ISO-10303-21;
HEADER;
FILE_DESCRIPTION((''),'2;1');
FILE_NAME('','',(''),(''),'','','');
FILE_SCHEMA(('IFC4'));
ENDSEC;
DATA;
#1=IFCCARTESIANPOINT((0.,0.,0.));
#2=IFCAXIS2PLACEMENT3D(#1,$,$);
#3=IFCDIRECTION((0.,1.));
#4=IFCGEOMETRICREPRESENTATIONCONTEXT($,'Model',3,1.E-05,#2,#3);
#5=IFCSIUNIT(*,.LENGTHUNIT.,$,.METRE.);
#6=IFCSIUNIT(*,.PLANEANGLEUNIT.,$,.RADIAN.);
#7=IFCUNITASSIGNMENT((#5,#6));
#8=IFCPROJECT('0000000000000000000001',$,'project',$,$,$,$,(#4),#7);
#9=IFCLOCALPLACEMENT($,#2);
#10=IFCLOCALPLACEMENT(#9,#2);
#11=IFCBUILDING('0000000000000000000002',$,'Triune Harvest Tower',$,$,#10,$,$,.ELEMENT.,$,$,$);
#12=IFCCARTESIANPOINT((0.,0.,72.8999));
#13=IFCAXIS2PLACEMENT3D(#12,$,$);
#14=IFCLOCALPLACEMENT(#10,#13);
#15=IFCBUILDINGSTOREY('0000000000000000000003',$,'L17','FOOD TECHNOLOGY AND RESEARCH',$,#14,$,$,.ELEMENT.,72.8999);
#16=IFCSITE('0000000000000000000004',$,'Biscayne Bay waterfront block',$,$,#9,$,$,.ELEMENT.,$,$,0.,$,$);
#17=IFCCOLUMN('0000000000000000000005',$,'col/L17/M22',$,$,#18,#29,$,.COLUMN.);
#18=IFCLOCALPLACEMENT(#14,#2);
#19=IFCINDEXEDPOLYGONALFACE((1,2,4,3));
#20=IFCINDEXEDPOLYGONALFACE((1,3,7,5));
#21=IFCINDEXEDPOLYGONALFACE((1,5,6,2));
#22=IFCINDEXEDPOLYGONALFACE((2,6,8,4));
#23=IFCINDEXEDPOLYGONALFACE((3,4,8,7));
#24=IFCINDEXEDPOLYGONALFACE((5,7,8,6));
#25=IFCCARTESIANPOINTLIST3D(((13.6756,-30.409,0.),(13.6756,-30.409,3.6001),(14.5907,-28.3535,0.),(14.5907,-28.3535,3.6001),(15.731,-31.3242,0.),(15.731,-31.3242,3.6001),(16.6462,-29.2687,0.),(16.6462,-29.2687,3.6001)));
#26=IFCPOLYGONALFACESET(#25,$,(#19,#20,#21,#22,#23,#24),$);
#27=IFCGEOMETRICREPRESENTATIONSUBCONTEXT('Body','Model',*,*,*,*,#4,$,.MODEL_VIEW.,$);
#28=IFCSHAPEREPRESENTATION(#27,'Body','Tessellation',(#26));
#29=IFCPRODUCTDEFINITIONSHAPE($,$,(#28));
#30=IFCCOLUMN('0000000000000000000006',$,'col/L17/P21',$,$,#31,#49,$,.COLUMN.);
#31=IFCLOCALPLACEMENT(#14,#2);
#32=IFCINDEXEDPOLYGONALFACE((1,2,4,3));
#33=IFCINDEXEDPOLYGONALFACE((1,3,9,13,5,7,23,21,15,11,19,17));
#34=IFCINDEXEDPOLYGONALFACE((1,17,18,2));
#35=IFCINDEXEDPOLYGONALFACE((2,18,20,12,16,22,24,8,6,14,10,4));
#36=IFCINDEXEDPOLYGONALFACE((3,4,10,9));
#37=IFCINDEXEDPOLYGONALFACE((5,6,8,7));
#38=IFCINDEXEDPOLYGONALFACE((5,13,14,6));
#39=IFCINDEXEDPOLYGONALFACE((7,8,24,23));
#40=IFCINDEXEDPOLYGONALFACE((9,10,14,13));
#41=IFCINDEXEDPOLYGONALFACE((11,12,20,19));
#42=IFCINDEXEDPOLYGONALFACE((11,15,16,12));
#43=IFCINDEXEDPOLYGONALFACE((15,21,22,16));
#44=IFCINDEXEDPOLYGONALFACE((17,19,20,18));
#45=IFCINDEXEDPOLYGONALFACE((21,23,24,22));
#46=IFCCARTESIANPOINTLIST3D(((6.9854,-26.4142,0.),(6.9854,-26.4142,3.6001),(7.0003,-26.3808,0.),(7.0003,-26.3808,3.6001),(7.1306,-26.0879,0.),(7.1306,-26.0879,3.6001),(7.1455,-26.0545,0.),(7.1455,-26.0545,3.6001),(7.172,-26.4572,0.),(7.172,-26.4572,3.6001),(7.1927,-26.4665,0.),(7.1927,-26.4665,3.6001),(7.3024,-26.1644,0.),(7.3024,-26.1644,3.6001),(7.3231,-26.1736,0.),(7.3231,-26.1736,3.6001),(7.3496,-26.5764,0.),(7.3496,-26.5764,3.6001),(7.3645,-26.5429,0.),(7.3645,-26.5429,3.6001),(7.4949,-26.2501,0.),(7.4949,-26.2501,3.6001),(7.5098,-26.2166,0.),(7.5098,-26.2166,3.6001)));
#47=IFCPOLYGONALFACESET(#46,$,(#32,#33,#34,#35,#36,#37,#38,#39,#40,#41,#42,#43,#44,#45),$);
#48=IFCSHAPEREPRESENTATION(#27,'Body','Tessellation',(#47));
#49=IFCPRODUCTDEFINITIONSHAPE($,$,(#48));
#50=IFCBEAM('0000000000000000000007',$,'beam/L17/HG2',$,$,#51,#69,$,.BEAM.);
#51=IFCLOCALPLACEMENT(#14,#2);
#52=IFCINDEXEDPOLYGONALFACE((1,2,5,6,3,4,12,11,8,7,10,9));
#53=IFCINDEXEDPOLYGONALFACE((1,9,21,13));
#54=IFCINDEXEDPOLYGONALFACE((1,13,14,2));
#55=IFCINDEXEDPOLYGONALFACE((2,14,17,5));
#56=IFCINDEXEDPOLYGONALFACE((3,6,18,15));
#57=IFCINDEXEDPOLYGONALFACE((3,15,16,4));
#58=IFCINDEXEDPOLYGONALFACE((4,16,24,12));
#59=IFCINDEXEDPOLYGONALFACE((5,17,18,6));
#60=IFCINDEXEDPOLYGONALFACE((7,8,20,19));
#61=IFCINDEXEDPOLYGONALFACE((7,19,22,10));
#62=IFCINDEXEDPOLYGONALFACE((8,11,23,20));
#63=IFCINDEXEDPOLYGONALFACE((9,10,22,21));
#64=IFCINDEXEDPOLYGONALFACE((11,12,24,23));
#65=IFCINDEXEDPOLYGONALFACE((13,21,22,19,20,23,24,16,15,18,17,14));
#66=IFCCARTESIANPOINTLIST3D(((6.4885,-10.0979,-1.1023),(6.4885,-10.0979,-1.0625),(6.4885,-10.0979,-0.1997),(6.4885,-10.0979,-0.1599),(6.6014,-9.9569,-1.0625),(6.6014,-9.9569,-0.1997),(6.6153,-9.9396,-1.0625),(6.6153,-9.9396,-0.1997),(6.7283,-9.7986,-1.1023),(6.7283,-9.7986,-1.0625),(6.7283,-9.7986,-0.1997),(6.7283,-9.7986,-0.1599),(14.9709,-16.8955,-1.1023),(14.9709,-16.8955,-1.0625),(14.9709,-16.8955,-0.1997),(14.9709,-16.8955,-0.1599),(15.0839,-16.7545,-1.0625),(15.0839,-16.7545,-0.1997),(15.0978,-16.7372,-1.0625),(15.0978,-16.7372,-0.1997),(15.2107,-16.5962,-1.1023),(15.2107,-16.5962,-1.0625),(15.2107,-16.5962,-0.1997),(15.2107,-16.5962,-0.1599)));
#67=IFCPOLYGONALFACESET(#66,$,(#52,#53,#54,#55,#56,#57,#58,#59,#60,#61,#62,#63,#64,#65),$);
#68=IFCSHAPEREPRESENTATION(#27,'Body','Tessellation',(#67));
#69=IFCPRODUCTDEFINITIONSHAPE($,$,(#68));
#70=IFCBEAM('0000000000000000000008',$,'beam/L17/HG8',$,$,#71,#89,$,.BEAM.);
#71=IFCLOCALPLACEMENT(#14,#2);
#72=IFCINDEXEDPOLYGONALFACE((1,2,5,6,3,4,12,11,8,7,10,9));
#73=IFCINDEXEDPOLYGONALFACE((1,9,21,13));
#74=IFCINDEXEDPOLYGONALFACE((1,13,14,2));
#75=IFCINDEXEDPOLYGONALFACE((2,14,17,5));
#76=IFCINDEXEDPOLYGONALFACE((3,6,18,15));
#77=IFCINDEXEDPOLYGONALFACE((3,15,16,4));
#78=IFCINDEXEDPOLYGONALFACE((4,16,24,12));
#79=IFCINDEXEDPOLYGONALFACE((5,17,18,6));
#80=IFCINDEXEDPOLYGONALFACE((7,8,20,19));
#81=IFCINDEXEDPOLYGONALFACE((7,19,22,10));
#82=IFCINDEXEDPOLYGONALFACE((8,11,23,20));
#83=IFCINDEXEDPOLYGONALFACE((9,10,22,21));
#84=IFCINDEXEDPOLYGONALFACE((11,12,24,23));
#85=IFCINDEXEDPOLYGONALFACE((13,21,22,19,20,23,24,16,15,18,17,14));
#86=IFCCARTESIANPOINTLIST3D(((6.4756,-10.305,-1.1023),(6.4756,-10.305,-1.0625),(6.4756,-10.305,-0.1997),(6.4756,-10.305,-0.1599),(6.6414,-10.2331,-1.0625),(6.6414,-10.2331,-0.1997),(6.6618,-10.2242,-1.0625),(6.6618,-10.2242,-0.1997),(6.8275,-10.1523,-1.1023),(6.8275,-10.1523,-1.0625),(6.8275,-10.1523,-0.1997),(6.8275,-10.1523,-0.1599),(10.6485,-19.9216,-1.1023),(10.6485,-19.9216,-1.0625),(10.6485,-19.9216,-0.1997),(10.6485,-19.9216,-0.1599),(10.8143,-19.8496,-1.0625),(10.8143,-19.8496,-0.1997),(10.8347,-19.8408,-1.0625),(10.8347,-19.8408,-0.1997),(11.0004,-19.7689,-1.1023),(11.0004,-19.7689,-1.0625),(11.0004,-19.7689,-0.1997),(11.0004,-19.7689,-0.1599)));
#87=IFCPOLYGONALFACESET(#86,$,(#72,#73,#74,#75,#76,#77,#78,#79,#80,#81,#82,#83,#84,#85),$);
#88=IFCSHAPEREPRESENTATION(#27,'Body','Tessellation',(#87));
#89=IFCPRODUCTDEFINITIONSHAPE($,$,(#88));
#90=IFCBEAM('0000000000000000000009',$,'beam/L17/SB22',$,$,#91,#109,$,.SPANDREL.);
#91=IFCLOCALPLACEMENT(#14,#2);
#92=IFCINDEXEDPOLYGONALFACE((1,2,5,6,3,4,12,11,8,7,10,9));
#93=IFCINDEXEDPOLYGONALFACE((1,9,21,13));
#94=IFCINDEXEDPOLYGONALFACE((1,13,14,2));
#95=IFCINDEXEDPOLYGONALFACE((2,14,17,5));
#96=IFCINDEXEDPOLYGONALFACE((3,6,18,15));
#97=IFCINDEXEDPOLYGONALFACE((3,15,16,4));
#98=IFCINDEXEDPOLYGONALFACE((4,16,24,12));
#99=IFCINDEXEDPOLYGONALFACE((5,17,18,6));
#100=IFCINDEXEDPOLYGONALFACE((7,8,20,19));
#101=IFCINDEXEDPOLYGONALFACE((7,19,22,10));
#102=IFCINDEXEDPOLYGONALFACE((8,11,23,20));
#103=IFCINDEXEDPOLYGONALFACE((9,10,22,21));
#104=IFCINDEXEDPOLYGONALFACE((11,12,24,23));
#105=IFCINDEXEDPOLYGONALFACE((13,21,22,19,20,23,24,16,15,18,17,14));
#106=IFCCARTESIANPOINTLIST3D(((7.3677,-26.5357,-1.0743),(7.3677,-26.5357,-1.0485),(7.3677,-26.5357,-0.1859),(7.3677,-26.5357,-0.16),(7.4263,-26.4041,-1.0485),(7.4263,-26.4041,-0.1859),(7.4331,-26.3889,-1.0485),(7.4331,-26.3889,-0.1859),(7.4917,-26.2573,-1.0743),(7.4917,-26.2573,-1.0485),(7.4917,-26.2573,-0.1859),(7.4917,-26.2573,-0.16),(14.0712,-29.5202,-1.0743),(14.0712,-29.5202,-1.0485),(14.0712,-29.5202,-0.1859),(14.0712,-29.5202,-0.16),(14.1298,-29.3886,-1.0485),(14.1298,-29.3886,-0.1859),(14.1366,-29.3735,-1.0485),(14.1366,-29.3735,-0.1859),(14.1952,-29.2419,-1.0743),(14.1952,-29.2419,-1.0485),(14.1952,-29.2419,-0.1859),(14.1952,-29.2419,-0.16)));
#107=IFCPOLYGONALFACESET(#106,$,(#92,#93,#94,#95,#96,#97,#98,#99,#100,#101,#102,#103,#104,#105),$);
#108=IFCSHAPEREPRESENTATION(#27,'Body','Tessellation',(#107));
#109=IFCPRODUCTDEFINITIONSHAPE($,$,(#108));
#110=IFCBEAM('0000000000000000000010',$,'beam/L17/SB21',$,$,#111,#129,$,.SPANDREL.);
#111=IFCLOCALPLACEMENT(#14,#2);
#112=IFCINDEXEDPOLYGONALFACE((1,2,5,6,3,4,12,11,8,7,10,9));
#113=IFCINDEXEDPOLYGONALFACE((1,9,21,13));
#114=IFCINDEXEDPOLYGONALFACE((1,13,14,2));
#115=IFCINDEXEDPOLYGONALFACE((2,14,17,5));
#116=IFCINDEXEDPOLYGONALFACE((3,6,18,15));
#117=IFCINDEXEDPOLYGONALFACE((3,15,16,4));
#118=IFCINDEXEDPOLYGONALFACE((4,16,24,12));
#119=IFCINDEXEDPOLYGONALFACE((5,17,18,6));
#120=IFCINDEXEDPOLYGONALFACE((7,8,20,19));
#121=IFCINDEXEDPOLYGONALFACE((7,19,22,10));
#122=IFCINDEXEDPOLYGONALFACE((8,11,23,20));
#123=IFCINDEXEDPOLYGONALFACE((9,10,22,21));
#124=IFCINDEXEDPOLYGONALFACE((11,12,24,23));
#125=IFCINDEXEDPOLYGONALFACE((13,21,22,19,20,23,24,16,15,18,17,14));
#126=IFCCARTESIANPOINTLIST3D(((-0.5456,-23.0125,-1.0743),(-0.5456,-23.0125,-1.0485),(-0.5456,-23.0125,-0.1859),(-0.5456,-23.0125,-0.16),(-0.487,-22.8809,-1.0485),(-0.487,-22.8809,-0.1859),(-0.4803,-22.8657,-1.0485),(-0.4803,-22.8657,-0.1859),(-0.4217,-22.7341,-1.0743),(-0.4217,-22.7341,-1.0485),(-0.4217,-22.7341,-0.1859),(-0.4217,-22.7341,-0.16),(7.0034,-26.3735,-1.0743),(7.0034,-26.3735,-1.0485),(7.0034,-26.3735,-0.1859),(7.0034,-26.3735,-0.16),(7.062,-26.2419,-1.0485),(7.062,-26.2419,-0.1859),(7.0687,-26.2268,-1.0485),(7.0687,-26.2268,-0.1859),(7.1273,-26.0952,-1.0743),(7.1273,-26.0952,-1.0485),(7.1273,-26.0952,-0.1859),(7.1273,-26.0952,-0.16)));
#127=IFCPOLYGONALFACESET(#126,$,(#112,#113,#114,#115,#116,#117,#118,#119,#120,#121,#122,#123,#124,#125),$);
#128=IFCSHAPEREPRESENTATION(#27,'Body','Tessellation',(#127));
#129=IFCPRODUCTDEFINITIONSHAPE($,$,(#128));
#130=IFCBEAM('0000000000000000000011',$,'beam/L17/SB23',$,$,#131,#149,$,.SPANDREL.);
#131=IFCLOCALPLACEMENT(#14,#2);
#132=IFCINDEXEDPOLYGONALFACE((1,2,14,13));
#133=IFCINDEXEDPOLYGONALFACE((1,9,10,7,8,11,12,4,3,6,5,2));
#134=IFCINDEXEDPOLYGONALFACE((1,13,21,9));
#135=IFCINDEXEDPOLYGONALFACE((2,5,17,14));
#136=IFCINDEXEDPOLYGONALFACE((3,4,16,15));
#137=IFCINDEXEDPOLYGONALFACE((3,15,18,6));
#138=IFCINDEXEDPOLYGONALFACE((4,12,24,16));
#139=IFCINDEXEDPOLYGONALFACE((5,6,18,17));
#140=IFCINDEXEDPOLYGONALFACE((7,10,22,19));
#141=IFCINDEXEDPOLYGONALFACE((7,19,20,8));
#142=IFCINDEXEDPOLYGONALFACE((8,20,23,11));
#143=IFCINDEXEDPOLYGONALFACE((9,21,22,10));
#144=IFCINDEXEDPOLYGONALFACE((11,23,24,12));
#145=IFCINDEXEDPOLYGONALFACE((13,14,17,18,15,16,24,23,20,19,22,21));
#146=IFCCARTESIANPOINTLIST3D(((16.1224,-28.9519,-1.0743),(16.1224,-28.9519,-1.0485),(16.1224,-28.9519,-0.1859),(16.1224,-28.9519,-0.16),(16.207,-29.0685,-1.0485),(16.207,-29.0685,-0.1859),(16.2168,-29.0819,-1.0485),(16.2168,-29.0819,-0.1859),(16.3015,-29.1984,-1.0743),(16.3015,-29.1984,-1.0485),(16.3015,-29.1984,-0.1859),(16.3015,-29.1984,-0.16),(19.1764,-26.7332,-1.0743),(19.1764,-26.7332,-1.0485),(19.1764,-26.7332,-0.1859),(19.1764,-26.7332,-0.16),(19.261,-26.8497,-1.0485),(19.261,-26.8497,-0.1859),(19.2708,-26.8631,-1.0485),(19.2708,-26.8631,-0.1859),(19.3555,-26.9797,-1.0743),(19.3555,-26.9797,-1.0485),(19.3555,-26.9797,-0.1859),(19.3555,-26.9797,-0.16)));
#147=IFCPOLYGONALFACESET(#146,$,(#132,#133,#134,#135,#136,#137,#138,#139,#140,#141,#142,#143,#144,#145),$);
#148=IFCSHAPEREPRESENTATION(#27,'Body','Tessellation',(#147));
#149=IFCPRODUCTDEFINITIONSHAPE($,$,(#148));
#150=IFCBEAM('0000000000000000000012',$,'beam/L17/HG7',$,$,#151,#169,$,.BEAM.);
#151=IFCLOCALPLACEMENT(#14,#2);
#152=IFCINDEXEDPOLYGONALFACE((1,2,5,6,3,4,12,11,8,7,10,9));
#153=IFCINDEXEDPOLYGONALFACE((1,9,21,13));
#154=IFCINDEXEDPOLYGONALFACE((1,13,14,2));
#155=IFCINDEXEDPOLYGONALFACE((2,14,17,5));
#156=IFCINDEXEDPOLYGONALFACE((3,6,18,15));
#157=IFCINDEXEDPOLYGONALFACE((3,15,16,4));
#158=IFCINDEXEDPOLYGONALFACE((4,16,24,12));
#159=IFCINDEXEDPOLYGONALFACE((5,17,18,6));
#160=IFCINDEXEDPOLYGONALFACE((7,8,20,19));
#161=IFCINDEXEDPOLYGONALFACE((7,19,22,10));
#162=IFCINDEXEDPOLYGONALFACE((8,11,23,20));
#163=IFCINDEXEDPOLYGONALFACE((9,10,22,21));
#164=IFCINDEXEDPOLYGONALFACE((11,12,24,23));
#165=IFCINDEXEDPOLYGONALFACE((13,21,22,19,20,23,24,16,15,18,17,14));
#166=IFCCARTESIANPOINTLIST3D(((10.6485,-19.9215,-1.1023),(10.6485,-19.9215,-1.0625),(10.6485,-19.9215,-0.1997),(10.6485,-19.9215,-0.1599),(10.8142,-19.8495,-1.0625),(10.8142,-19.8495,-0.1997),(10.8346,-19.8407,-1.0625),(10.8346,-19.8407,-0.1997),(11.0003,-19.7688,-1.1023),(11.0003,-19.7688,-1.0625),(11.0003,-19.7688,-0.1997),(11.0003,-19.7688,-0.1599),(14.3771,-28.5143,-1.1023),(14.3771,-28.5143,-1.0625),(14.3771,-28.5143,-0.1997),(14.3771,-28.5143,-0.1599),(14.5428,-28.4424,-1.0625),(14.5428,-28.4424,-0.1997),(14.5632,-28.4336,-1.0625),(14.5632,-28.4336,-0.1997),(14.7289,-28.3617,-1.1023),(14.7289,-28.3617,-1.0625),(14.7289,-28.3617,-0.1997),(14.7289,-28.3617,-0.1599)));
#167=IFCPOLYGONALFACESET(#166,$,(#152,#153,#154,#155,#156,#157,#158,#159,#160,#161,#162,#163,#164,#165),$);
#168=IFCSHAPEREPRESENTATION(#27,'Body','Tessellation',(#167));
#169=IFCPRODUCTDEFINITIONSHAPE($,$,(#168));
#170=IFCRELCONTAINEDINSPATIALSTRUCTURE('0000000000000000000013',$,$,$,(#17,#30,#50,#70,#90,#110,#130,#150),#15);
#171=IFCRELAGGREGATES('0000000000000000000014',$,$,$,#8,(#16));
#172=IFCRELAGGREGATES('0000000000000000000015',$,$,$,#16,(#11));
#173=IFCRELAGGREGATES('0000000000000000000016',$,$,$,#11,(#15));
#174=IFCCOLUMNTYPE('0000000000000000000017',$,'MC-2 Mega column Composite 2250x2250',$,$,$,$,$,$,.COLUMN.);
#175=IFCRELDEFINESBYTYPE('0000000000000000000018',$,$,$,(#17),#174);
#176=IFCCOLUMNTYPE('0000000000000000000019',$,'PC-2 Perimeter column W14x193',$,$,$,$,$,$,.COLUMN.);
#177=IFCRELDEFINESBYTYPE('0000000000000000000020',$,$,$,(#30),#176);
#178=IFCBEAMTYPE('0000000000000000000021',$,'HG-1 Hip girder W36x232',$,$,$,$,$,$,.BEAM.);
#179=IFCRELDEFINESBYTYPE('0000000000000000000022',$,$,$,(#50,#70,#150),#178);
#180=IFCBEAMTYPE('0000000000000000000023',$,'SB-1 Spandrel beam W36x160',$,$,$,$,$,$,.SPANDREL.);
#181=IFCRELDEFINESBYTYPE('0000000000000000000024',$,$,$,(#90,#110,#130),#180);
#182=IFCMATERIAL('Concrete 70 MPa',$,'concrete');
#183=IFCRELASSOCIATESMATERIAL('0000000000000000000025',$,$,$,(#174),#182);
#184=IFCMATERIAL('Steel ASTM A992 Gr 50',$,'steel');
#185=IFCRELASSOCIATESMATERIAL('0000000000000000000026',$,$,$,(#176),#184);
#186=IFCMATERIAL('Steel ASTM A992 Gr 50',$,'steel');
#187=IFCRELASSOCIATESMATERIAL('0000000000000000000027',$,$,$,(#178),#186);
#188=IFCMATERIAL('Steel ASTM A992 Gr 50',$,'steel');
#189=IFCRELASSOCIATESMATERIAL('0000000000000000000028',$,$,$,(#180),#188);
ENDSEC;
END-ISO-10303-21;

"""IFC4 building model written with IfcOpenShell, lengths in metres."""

from ifc_helpers import new_model, si_unit, direction, frame, origin, origin_2d, place, context, subcontext, project, spatial, rectangle, i_section, extrude, source, transform, mapped, material, material_profile, profile_set, type_object, element, save


model = new_model("IFC4")

# Units and contexts
model_context = context("Model", 3, precision=1e-05, world=origin(), true_north=direction((0.0, 1.0)))
body_context = subcontext(model_context, "Body", "Model", "MODEL_VIEW")
ifc_project = project(units=[si_unit("LENGTHUNIT", "METRE"), si_unit("PLANEANGLEUNIT", "RADIAN")], contexts=[model_context])

# Site, building, storey
site_placement = place(None, origin())
site = spatial("IfcSite", under=ifc_project, at=site_placement, Name="Biscayne Bay waterfront block", CompositionType="ELEMENT", RefElevation=0.0)
building_placement = place(site_placement, origin())
building = spatial("IfcBuilding", under=site, at=building_placement, Name="Triune Harvest Tower", CompositionType="ELEMENT")
storey_placement = place(building_placement, frame((0.0, 0.0, 72.8999)))
storey = spatial("IfcBuildingStorey", under=building, at=storey_placement, Name="L17", Description="FOOD TECHNOLOGY AND RESEARCH", CompositionType="ELEMENT", Elevation=72.8999)

# Columns
ifc_material_1 = material(Name="Concrete 70 MPa", Category="concrete")
ifc_material_profile_1 = material_profile(ifc_material_1, rectangle(XDim=2.25, YDim=2.25, at=origin_2d()), Name="Composite 2250x2250")
ifc_profile_set_1 = profile_set([ifc_material_profile_1], Name="Concrete 70 MPa")
column_type_1 = type_object("IfcColumnType", Name="MC-2 Mega column Composite 2250x2250", PredefinedType="COLUMN", material=ifc_profile_set_1)
shared_shape_1 = source(origin(), body_context, "Body", "SweptSolid", [
    extrude(rectangle(XDim=2.25, YDim=2.25, at=origin_2d()), origin(), (0.0, 0.0, 1.0), 3.6001),
])
column_1_placement = place(storey_placement, frame((15.1609, -29.8389, 0.0), z_axis=(0.0, 0.0, 1.0), x_axis=(0.913545, -0.406737, 0.0)))
element("IfcColumn", 1, at=column_1_placement, inside=storey, type_object=column_type_1, Name="col/L17/M22", PredefinedType="COLUMN", context=body_context, shape_type="MappedRepresentation", body=[
    mapped(shared_shape_1, transform((0.0, 0.0, 0.0), scale=1.0)),
])
ifc_material_2 = material(Name="Steel ASTM A992 Gr 50", Category="steel")
ifc_material_profile_2 = material_profile(ifc_material_2, i_section(OverallWidth=0.3987, OverallDepth=0.3938, WebThickness=0.0227, FlangeThickness=0.0366, at=origin_2d()), Name="W14x193")
ifc_profile_set_2 = profile_set([ifc_material_profile_2], Name="Steel ASTM A992 Gr 50")
column_type_2 = type_object("IfcColumnType", Name="PC-2 Perimeter column W14x193", PredefinedType="COLUMN", material=ifc_profile_set_2)
shared_shape_2 = source(origin(), body_context, "Body", "SweptSolid", [
    extrude(i_section(OverallWidth=0.3987, OverallDepth=0.3938, WebThickness=0.0227, FlangeThickness=0.0366, at=origin_2d()), origin(), (0.0, 0.0, 1.0), 3.6001),
])
column_2_placement = place(storey_placement, frame((7.2476, -26.3154, 0.0), z_axis=(0.0, 0.0, 1.0), x_axis=(0.913545, -0.406737, 0.0)))
element("IfcColumn", 2, at=column_2_placement, inside=storey, type_object=column_type_2, Name="col/L17/P21", PredefinedType="COLUMN", context=body_context, shape_type="MappedRepresentation", body=[
    mapped(shared_shape_2, transform((0.0, 0.0, 0.0), scale=1.0)),
])

# Beams
ifc_material_3 = material(Name="Steel ASTM A992 Gr 50", Category="steel")
ifc_material_profile_3 = material_profile(ifc_material_3, i_section(OverallWidth=0.3835, OverallDepth=0.9424, WebThickness=0.0222, FlangeThickness=0.0398, at=origin_2d()), Name="W36x232")
ifc_profile_set_3 = profile_set([ifc_material_profile_3], Name="Steel ASTM A992 Gr 50")
beam_type_1 = type_object("IfcBeamType", Name="HG-1 Hip girder W36x232", PredefinedType="BEAM", material=ifc_profile_set_3)
shared_shape_3 = source(origin(), body_context, "Body", "SweptSolid", [
    extrude(i_section(OverallWidth=0.3835, OverallDepth=0.9424, WebThickness=0.0222, FlangeThickness=0.0398, at=origin_2d()), origin(), (0.0, 0.0, 1.0), 10.8701),
])
beam_1_placement = place(storey_placement, frame((15.0908, -16.7458, -0.6311), z_axis=(-0.780345, 0.625349, 0.0), x_axis=(-0.625349, -0.780345, 0.0)))
element("IfcBeam", 3, at=beam_1_placement, inside=storey, type_object=beam_type_1, Name="beam/L17/HG2", PredefinedType="BEAM", context=body_context, shape_type="MappedRepresentation", body=[
    mapped(shared_shape_3, transform((0.0, 0.0, 0.0), scale=1.0)),
])
shared_shape_4 = source(origin(), body_context, "Body", "SweptSolid", [
    extrude(i_section(OverallWidth=0.3835, OverallDepth=0.9424, WebThickness=0.0222, FlangeThickness=0.0398, at=origin_2d()), origin(), (0.0, 0.0, 1.0), 10.4829),
])
beam_2_placement = place(storey_placement, frame((10.8245, -19.8452, -0.6311), z_axis=(-0.398067, 0.917356, 0.0), x_axis=(-0.917356, -0.398067, 0.0)))
element("IfcBeam", 4, at=beam_2_placement, inside=storey, type_object=beam_type_1, Name="beam/L17/HG8", PredefinedType="BEAM", context=body_context, shape_type="MappedRepresentation", body=[
    mapped(shared_shape_4, transform((0.0, 0.0, 0.0), scale=1.0)),
])
ifc_material_4 = material(Name="Steel ASTM A992 Gr 50", Category="steel")
ifc_material_profile_4 = material_profile(ifc_material_4, i_section(OverallWidth=0.3047, OverallDepth=0.9143, WebThickness=0.0166, FlangeThickness=0.0259, at=origin_2d()), Name="W36x160")
ifc_profile_set_4 = profile_set([ifc_material_profile_4], Name="Steel ASTM A992 Gr 50")
beam_type_2 = type_object("IfcBeamType", Name="SB-1 Spandrel beam W36x160", PredefinedType="SPANDREL", material=ifc_profile_set_4)
shared_shape_5 = source(origin(), body_context, "Body", "SweptSolid", [
    extrude(i_section(OverallWidth=0.3047, OverallDepth=0.9143, WebThickness=0.0166, FlangeThickness=0.0259, at=origin_2d()), origin(), (0.0, 0.0, 1.0), 7.3379),
])
beam_3_placement = place(storey_placement, frame((7.4297, -26.3965, -0.6172), z_axis=(0.913547, -0.406734, 0.0), x_axis=(0.406734, 0.913547, 0.0)))
element("IfcBeam", 5, at=beam_3_placement, inside=storey, type_object=beam_type_2, Name="beam/L17/SB22", PredefinedType="SPANDREL", context=body_context, shape_type="MappedRepresentation", body=[
    mapped(shared_shape_5, transform((0.0, 0.0, 0.0), scale=1.0)),
])
shared_shape_6 = source(origin(), body_context, "Body", "SweptSolid", [
    extrude(i_section(OverallWidth=0.3047, OverallDepth=0.9143, WebThickness=0.0166, FlangeThickness=0.0259, at=origin_2d()), origin(), (0.0, 0.0, 1.0), 8.2634),
])
beam_4_placement = place(storey_placement, frame((-0.4836, -22.8733, -0.6172), z_axis=(0.913545, -0.406739, 0.0), x_axis=(0.406739, 0.913545, 0.0)))
element("IfcBeam", 6, at=beam_4_placement, inside=storey, type_object=beam_type_2, Name="beam/L17/SB21", PredefinedType="SPANDREL", context=body_context, shape_type="MappedRepresentation", body=[
    mapped(shared_shape_6, transform((0.0, 0.0, 0.0), scale=1.0)),
])
shared_shape_7 = source(origin(), body_context, "Body", "SweptSolid", [
    extrude(i_section(OverallWidth=0.3047, OverallDepth=0.9143, WebThickness=0.0166, FlangeThickness=0.0259, at=origin_2d()), origin(), (0.0, 0.0, 1.0), 3.7749),
])
beam_5_placement = place(storey_placement, frame((16.2119, -29.0752, -0.6172), z_axis=(0.809027, 0.587772, 0.0), x_axis=(-0.587772, 0.809027, 0.0)))
element("IfcBeam", 7, at=beam_5_placement, inside=storey, type_object=beam_type_2, Name="beam/L17/SB23", PredefinedType="SPANDREL", context=body_context, shape_type="MappedRepresentation", body=[
    mapped(shared_shape_7, transform((0.0, 0.0, 0.0), scale=1.0)),
])
shared_shape_8 = source(origin(), body_context, "Body", "SweptSolid", [
    extrude(i_section(OverallWidth=0.3835, OverallDepth=0.9424, WebThickness=0.0222, FlangeThickness=0.0398, at=origin_2d()), origin(), (0.0, 0.0, 1.0), 9.3669),
])
beam_6_placement = place(storey_placement, frame((14.553, -28.438, -0.6311), z_axis=(-0.398055, 0.917362, 0.0), x_axis=(-0.917362, -0.398055, 0.0)))
element("IfcBeam", 8, at=beam_6_placement, inside=storey, type_object=beam_type_1, Name="beam/L17/HG7", PredefinedType="BEAM", context=body_context, shape_type="MappedRepresentation", body=[
    mapped(shared_shape_8, transform((0.0, 0.0, 0.0), scale=1.0)),
])

save(model, "model.ifc")
